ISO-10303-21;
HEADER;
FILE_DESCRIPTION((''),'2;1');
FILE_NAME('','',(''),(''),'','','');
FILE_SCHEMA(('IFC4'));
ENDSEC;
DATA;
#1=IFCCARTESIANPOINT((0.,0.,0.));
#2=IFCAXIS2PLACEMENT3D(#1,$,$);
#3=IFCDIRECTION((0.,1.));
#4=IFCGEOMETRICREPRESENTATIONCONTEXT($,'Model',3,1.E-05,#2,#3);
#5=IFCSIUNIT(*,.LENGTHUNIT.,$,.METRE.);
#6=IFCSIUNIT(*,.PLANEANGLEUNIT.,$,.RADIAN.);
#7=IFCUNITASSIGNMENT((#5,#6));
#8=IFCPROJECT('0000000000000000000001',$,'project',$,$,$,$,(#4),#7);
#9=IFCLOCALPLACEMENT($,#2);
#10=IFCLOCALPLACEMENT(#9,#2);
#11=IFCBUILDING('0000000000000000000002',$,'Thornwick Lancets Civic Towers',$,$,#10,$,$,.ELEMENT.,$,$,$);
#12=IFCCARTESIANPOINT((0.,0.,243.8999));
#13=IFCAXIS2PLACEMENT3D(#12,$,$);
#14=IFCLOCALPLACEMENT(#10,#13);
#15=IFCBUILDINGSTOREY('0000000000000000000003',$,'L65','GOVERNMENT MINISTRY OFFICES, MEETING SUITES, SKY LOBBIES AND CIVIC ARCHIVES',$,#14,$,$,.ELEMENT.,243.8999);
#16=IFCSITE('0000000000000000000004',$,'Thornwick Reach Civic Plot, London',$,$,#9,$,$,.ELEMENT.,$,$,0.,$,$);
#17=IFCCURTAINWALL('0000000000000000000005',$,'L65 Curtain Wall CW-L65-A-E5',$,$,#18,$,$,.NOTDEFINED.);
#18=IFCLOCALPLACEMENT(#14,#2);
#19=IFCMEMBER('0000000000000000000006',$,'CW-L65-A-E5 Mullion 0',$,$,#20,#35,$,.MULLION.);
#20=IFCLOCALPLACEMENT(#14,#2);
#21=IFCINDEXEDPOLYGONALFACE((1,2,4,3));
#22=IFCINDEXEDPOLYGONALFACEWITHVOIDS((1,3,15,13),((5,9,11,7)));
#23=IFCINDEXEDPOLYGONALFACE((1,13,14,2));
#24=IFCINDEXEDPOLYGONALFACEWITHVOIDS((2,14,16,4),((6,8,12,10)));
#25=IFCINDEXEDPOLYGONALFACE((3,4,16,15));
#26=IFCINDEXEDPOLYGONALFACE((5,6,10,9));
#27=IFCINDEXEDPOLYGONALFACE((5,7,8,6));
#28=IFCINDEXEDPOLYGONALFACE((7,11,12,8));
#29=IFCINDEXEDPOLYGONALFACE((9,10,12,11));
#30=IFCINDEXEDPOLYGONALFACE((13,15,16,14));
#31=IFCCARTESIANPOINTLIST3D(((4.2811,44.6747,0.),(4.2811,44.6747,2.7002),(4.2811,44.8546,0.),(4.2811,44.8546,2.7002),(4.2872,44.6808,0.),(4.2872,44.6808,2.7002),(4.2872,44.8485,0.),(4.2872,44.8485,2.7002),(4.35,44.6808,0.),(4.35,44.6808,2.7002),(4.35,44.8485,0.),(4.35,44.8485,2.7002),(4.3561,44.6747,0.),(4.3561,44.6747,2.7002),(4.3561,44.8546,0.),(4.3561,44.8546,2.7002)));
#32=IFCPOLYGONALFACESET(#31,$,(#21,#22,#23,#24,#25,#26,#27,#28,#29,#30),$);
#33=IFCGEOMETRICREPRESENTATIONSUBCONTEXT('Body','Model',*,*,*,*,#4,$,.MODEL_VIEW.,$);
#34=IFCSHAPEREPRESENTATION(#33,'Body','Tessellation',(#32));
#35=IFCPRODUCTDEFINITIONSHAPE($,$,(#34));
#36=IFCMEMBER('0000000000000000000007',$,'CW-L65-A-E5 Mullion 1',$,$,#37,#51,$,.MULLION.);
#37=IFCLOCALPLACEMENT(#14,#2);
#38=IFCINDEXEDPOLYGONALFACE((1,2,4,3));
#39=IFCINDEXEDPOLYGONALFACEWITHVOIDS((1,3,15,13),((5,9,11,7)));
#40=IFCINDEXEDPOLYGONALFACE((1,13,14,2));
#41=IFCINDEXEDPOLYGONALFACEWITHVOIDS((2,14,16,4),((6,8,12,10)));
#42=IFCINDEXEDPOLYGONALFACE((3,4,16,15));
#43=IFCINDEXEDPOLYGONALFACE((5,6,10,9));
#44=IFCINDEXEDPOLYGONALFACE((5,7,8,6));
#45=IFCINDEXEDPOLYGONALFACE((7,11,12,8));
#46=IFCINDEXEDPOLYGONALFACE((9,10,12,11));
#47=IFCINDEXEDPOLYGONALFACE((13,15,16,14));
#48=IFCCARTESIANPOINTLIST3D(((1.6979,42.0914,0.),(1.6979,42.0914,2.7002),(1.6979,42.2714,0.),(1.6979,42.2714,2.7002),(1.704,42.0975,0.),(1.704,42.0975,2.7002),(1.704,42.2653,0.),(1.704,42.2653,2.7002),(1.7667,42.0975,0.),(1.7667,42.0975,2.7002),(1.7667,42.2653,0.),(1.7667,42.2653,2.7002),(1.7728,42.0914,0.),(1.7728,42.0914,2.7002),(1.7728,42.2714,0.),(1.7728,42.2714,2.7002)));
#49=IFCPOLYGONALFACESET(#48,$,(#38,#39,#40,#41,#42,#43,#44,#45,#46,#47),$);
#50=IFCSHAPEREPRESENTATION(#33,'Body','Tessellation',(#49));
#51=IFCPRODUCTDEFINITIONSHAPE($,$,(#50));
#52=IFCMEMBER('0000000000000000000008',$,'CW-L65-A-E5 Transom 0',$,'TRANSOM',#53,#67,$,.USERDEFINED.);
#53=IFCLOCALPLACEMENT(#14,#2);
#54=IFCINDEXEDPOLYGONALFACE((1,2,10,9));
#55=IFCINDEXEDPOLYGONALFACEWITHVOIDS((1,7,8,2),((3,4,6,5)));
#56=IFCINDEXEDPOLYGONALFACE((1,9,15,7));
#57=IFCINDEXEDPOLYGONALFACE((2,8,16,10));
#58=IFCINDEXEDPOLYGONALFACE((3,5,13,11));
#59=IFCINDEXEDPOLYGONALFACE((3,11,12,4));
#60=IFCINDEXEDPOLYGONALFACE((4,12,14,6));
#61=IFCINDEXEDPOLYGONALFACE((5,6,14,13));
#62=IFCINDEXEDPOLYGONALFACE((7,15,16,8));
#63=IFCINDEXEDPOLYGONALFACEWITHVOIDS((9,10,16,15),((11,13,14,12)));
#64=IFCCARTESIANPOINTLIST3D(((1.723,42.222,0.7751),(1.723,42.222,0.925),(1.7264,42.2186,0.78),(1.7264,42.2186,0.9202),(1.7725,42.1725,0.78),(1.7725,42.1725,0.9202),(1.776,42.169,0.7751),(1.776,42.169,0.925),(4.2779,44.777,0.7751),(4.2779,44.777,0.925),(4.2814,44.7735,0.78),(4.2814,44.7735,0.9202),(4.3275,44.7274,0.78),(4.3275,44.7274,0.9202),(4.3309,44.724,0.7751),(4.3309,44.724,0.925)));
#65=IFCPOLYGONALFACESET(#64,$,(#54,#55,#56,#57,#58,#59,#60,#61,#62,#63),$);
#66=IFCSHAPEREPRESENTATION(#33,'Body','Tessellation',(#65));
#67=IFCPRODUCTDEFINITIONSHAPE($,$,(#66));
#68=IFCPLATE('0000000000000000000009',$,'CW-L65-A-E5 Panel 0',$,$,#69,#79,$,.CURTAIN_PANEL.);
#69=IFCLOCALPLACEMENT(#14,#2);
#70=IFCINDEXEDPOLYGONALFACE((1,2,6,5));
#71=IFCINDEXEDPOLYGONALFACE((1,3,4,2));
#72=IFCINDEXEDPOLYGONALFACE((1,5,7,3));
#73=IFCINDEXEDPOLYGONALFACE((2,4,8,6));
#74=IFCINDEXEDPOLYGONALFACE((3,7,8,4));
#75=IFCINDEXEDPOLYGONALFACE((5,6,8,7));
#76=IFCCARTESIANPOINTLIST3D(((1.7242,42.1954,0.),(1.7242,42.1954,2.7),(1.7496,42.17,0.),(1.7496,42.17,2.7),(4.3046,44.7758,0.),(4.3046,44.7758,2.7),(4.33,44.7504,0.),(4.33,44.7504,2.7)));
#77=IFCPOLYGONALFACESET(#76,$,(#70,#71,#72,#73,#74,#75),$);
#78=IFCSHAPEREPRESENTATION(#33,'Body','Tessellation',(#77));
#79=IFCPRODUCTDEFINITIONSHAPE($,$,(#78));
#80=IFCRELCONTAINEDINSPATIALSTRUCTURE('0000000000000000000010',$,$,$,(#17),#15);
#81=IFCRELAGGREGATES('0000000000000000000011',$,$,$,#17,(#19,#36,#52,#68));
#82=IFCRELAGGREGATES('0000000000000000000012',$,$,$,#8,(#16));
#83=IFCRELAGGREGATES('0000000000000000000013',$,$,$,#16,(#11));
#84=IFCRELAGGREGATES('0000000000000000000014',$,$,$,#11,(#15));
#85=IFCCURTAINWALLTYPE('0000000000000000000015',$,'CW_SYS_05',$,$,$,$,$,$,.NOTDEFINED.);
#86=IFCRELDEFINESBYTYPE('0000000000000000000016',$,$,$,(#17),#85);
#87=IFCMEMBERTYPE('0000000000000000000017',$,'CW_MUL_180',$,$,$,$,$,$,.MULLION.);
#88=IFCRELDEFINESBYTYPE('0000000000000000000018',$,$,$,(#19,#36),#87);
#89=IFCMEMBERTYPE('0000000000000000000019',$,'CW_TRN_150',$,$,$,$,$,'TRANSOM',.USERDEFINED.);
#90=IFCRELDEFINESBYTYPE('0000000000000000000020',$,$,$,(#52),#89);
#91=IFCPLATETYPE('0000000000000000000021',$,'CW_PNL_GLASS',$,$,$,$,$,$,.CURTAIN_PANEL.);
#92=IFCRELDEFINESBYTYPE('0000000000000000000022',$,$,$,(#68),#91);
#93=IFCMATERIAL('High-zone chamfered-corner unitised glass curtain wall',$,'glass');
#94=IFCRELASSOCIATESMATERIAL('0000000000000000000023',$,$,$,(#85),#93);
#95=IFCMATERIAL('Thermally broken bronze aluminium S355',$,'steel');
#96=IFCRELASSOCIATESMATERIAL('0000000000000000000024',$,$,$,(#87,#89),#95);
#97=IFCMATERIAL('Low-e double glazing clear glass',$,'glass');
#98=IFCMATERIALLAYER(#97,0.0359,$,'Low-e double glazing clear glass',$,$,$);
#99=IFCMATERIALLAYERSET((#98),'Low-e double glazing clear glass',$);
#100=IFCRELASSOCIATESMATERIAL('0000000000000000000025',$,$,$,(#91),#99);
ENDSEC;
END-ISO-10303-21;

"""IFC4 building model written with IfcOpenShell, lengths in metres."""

from ifc_helpers import new_model, si_unit, direction, frame, origin, origin_2d, place, context, subcontext, project, spatial, rectangle, hollow_rectangle, extrude, material, layer, layer_set, material_profile, profile_set, type_object, element, aggregate, save


model = new_model("IFC4")

# Units and contexts
model_context = context("Model", 3, precision=1e-05, world=origin(), true_north=direction((0.0, 1.0)))
body_context = subcontext(model_context, "Body", "Model", "MODEL_VIEW")
ifc_project = project(units=[si_unit("LENGTHUNIT", "METRE"), si_unit("PLANEANGLEUNIT", "RADIAN")], contexts=[model_context])

# Site, building, storey
site_placement = place(None, origin())
site = spatial("IfcSite", under=ifc_project, at=site_placement, Name="Thornwick Reach Civic Plot, London", CompositionType="ELEMENT", RefElevation=0.0)
building_placement = place(site_placement, origin())
building = spatial("IfcBuilding", under=site, at=building_placement, Name="Thornwick Lancets Civic Towers", CompositionType="ELEMENT")
storey_placement = place(building_placement, frame((0.0, 0.0, 243.8999)))
storey = spatial("IfcBuildingStorey", under=building, at=storey_placement, Name="L65", Description="GOVERNMENT MINISTRY OFFICES, MEETING SUITES, SKY LOBBIES AND CIVIC ARCHIVES", CompositionType="ELEMENT", Elevation=243.8999)

# Curtain wall, members, plate
ifc_material_1 = material(Name="High-zone chamfered-corner unitised glass curtain wall", Category="glass")
curtain_wall_type = type_object("IfcCurtainWallType", Name="CW_SYS_05", PredefinedType="NOTDEFINED", material=ifc_material_1)
curtain_wall_placement = place(storey_placement, origin())
curtain_wall = element("IfcCurtainWall", 1, at=curtain_wall_placement, inside=storey, type_object=curtain_wall_type, Name="L65 Curtain Wall CW-L65-A-E5", PredefinedType="NOTDEFINED")
ifc_material_2 = material(Name="Thermally broken bronze aluminium S355", Category="steel")
ifc_material_profile_1 = material_profile(ifc_material_2, hollow_rectangle(XDim=0.075, YDim=0.1799, WallThickness=0.0061, at=origin_2d()), Name="RHS 180x75x6")
ifc_profile_set_1 = profile_set([ifc_material_profile_1], Name="Thermally broken bronze aluminium S355")
member_type_1 = type_object("IfcMemberType", Name="CW_MUL_180", PredefinedType="MULLION", material=ifc_profile_set_1)
member_1_placement = place(storey_placement, frame((4.3186, 44.7646, 0.0), z_axis=(0.0, 0.0, 1.0), x_axis=(1.0, 0.0, 0.0)))
member_1 = element("IfcMember", 2, at=member_1_placement, type_object=member_type_1, Name="CW-L65-A-E5 Mullion 0", PredefinedType="MULLION", context=body_context, shape_type="SweptSolid", body=[
    extrude(hollow_rectangle(XDim=0.075, YDim=0.1799, WallThickness=0.0061, at=origin_2d()), origin(), (0.0, 0.0, 1.0), 2.7002),
])
member_2_placement = place(storey_placement, frame((1.7354, 42.1814, 0.0), z_axis=(0.0, 0.0, 1.0), x_axis=(1.0, 0.0, 0.0)))
member_2 = element("IfcMember", 3, at=member_2_placement, type_object=member_type_1, Name="CW-L65-A-E5 Mullion 1", PredefinedType="MULLION", context=body_context, shape_type="SweptSolid", body=[
    extrude(hollow_rectangle(XDim=0.075, YDim=0.1799, WallThickness=0.0061, at=origin_2d()), origin(), (0.0, 0.0, 1.0), 2.7002),
])
ifc_material_profile_2 = material_profile(ifc_material_2, hollow_rectangle(XDim=0.075, YDim=0.1499, WallThickness=0.0049, at=origin_2d()), Name="RHS 150x75x5")
ifc_profile_set_2 = profile_set([ifc_material_profile_2], Name="Thermally broken bronze aluminium S355")
member_type_2 = type_object("IfcMemberType", Name="CW_TRN_150", ElementType="TRANSOM", PredefinedType="USERDEFINED", material=ifc_profile_set_2)
member_3_placement = place(storey_placement, frame((4.3044, 44.7505, 0.8501), z_axis=(-0.707107, -0.707107, 0.0), x_axis=(0.707107, -0.707107, 0.0)))
member_3 = element("IfcMember", 4, at=member_3_placement, type_object=member_type_2, Name="CW-L65-A-E5 Transom 0", ObjectType="TRANSOM", PredefinedType="USERDEFINED", context=body_context, shape_type="SweptSolid", body=[
    extrude(hollow_rectangle(XDim=0.075, YDim=0.1499, WallThickness=0.0049, at=origin_2d()), origin(), (0.0, 0.0, 1.0), 3.6133),
])
ifc_material_3 = material(Name="Low-e double glazing clear glass", Category="glass")
ifc_layer_1 = layer(ifc_material_3, 0.0359, Name="Low-e double glazing clear glass")
ifc_layer_set_1 = layer_set([ifc_layer_1], Name="Low-e double glazing clear glass")
plate_type = type_object("IfcPlateType", Name="CW_PNL_GLASS", PredefinedType="CURTAIN_PANEL", material=ifc_layer_set_1)
plate_placement = place(storey_placement, frame((3.0271, 43.4729, 0.0), z_axis=(0.0, 0.0, 1.0), x_axis=(-0.707107, -0.707107, 0.0)))
plate = element("IfcPlate", 5, at=plate_placement, type_object=plate_type, Name="CW-L65-A-E5 Panel 0", PredefinedType="CURTAIN_PANEL", context=body_context, shape_type="SweptSolid", body=[
    extrude(rectangle(XDim=3.6492, YDim=0.0359, at=origin_2d()), origin(), (0.0, 0.0, 1.0), 2.7),
])
aggregate(curtain_wall, [member_1, member_2, member_3, plate])

save(model, "model.ifc")
